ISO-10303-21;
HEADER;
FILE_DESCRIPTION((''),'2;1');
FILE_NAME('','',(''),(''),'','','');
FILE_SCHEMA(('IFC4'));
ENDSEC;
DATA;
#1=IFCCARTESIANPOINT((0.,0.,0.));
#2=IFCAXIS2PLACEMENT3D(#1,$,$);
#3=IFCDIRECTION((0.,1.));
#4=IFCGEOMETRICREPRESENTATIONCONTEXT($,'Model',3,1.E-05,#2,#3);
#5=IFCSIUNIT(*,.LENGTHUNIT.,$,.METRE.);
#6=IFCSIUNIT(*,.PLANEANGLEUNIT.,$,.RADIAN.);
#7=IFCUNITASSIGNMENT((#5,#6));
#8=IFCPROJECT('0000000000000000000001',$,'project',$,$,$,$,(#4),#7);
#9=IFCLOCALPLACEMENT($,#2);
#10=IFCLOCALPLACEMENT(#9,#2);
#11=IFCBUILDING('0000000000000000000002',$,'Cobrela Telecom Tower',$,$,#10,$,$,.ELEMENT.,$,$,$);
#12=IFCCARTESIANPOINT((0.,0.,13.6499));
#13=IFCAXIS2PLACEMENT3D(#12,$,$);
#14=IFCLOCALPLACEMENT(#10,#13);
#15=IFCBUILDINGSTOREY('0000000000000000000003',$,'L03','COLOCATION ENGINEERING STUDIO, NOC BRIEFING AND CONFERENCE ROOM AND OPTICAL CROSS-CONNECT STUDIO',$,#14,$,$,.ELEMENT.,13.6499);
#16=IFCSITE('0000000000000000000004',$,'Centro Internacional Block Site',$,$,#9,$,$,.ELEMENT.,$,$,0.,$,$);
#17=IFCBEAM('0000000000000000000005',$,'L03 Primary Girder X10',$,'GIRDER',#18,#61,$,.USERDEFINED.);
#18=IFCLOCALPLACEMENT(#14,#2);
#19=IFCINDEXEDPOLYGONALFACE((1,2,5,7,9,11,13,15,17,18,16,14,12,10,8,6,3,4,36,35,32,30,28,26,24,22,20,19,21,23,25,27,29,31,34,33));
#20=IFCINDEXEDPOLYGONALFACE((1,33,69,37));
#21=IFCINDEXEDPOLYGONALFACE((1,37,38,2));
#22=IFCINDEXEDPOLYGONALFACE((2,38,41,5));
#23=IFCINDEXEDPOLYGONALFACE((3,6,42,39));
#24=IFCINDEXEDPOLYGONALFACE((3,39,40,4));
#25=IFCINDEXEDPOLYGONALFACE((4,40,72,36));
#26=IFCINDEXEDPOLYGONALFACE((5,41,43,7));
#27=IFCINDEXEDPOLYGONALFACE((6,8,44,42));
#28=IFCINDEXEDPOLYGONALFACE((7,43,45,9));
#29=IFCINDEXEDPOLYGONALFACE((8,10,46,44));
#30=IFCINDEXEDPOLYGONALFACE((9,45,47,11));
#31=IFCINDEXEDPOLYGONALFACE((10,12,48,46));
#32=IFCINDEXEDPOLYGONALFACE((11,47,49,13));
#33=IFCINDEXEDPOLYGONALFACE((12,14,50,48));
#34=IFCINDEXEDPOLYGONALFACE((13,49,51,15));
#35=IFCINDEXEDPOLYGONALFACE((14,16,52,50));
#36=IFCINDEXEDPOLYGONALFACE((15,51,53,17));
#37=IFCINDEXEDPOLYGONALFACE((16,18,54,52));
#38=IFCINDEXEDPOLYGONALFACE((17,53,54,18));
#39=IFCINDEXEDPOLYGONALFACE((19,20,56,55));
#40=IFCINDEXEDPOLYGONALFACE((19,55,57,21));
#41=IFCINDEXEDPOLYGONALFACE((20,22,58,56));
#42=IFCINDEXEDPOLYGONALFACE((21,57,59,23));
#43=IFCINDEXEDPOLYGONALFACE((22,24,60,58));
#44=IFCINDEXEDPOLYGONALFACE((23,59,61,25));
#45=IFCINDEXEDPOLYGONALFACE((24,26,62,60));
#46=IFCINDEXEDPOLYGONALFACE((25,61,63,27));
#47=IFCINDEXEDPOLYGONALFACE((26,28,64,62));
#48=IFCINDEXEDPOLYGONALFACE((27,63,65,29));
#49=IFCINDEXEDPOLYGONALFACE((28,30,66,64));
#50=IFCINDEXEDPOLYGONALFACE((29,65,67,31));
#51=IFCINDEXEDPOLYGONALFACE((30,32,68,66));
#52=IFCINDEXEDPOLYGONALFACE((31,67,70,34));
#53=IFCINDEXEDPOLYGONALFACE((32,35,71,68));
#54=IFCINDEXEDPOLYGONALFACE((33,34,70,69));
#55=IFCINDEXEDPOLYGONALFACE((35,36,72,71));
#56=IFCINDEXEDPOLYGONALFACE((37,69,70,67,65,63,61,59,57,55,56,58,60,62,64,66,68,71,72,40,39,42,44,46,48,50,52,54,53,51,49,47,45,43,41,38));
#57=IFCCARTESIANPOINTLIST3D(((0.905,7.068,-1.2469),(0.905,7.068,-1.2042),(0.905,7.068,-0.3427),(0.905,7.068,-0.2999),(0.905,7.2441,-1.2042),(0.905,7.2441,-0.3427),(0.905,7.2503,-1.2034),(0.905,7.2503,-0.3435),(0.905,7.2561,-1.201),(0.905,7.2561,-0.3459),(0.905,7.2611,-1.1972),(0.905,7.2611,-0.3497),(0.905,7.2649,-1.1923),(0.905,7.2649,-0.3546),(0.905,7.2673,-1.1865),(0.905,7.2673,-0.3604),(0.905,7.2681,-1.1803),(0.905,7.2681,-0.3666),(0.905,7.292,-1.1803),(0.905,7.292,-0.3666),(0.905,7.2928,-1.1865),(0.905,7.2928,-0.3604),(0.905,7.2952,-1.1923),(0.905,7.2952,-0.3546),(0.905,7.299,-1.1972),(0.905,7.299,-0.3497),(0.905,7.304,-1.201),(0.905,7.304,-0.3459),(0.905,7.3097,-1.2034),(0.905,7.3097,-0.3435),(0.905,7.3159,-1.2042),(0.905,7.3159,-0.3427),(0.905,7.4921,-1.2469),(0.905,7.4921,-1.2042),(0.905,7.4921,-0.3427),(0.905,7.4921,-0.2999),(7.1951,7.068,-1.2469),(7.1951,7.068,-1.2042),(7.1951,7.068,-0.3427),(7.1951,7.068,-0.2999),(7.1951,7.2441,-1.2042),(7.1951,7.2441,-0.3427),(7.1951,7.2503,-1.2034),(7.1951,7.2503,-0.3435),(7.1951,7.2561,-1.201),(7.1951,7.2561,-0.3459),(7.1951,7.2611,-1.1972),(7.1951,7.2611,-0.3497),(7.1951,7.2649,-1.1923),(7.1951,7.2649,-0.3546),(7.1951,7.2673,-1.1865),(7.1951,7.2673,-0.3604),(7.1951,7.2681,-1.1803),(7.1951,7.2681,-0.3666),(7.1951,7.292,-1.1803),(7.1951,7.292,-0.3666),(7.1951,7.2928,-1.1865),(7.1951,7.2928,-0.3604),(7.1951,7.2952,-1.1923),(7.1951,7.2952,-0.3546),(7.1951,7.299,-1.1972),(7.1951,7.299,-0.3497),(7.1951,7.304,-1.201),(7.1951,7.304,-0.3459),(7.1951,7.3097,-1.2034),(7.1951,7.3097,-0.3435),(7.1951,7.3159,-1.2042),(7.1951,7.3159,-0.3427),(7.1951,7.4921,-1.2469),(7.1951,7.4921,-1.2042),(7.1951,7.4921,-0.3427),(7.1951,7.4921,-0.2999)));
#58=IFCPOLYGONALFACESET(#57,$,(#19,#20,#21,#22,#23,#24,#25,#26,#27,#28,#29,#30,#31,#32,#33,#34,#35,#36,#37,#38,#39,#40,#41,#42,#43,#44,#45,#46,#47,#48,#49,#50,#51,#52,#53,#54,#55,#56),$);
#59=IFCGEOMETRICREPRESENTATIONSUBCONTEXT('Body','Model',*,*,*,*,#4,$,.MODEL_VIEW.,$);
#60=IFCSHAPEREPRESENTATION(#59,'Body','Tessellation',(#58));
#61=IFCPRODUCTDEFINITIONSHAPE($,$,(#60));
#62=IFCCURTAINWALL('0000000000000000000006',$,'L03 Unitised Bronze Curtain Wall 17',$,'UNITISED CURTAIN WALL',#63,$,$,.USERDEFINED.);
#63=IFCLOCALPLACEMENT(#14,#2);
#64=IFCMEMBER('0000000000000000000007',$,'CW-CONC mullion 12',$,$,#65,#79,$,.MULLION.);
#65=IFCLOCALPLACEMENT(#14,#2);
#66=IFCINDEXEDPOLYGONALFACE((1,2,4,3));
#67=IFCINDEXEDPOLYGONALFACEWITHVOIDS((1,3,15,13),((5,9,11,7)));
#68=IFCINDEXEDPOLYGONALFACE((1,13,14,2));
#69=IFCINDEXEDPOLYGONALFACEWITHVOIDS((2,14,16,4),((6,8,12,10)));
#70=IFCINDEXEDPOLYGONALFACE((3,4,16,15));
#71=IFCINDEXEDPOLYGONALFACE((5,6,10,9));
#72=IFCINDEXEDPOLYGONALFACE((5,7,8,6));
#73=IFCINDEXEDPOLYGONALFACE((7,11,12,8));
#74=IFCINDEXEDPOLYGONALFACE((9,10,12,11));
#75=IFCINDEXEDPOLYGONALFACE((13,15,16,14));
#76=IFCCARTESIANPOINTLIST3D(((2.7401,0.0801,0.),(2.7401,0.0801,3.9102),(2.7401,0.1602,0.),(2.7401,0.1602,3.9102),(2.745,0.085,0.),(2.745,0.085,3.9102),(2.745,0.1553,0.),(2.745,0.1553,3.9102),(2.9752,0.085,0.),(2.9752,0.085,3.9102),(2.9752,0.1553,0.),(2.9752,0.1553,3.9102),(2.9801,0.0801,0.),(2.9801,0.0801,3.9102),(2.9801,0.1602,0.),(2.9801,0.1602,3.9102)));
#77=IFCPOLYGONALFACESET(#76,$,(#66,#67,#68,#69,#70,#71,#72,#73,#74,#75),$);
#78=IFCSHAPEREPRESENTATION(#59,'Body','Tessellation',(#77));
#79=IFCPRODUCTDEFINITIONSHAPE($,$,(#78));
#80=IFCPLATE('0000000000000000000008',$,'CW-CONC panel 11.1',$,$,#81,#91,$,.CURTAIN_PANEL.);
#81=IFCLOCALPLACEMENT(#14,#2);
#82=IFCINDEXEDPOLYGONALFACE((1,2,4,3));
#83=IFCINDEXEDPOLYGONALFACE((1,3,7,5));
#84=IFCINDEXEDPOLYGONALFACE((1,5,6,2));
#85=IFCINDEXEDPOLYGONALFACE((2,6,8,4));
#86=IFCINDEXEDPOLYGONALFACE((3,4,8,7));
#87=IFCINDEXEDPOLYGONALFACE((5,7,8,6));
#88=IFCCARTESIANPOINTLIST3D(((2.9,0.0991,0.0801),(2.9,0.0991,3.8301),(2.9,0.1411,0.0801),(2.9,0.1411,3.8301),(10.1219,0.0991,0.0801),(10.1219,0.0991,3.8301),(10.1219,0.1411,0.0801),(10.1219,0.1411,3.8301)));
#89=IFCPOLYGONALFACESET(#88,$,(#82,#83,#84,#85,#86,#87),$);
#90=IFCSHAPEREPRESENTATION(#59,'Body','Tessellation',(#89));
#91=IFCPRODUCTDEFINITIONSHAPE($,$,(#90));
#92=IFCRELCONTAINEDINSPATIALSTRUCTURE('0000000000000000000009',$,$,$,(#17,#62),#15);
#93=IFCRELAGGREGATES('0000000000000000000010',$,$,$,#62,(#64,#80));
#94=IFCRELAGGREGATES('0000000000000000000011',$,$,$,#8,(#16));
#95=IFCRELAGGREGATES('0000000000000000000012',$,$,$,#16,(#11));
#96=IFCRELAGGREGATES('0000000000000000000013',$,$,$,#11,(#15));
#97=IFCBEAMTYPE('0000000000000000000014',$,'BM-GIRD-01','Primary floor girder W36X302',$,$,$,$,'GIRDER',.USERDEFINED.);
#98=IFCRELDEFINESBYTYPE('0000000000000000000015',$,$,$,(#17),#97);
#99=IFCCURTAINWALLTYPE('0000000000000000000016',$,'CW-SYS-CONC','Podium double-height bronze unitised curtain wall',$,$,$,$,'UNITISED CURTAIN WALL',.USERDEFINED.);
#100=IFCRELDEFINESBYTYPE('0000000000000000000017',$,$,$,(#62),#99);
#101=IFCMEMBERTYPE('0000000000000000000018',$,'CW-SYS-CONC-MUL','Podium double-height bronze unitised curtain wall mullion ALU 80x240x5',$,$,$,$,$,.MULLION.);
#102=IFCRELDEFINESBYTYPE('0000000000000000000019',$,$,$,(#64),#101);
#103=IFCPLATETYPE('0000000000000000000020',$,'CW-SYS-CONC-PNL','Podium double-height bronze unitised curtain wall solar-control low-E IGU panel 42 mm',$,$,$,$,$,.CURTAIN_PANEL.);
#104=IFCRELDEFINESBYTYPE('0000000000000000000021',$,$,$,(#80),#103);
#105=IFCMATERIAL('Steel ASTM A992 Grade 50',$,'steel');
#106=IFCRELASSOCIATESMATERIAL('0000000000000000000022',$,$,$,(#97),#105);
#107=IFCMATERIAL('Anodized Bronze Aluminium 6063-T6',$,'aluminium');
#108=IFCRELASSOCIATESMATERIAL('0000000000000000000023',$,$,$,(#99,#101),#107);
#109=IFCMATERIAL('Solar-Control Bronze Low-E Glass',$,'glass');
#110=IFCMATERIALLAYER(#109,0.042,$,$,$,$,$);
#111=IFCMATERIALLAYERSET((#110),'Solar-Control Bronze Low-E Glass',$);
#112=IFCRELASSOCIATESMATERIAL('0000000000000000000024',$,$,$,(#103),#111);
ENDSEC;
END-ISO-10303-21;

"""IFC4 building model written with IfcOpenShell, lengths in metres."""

from ifc_helpers import new_model, si_unit, direction, frame, origin, origin_2d, place, context, subcontext, project, spatial, rectangle, hollow_rectangle, i_section, extrude, material, layer, layer_set, material_profile, profile_set, type_object, element, aggregate, save


model = new_model("IFC4")

# Units and contexts
model_context = context("Model", 3, precision=1e-05, world=origin(), true_north=direction((0.0, 1.0)))
body_context = subcontext(model_context, "Body", "Model", "MODEL_VIEW")
ifc_project = project(units=[si_unit("LENGTHUNIT", "METRE"), si_unit("PLANEANGLEUNIT", "RADIAN")], contexts=[model_context])

# Site, building, storey
site_placement = place(None, origin())
site = spatial("IfcSite", under=ifc_project, at=site_placement, Name="Centro Internacional Block Site", CompositionType="ELEMENT", RefElevation=0.0)
building_placement = place(site_placement, origin())
building = spatial("IfcBuilding", under=site, at=building_placement, Name="Cobrela Telecom Tower", CompositionType="ELEMENT")
storey_placement = place(building_placement, frame((0.0, 0.0, 13.6499)))
storey = spatial("IfcBuildingStorey", under=building, at=storey_placement, Name="L03", Description="COLOCATION ENGINEERING STUDIO, NOC BRIEFING AND CONFERENCE ROOM AND OPTICAL CROSS-CONNECT STUDIO", CompositionType="ELEMENT", Elevation=13.6499)

# Beam
ifc_material_1 = material(Name="Steel ASTM A992 Grade 50", Category="steel")
ifc_material_profile_1 = material_profile(ifc_material_1, i_section(OverallWidth=0.4241, OverallDepth=0.947, WebThickness=0.0239, FlangeThickness=0.0427, FilletRadius=0.0239, at=origin_2d()), Name="W36X302")
ifc_profile_set_1 = profile_set([ifc_material_profile_1], Name="Steel ASTM A992 Grade 50")
beam_type = type_object("IfcBeamType", Name="BM-GIRD-01", Description="Primary floor girder W36X302", ElementType="GIRDER", PredefinedType="USERDEFINED", material=ifc_profile_set_1)
beam_placement = place(storey_placement, frame((0.905, 7.28, -0.7734), z_axis=(1.0, 0.0, 0.0), x_axis=(0.0, 1.0, 0.0)))
element("IfcBeam", 1, at=beam_placement, inside=storey, type_object=beam_type, Name="L03 Primary Girder X10", ObjectType="GIRDER", PredefinedType="USERDEFINED", context=body_context, shape_type="SweptSolid", body=[
    extrude(i_section(OverallWidth=0.4241, OverallDepth=0.947, WebThickness=0.0239, FlangeThickness=0.0427, FilletRadius=0.0239, at=origin_2d()), origin(), (0.0, 0.0, 1.0), 6.29),
])

# Curtain wall, member, plate
ifc_material_2 = material(Name="Anodized Bronze Aluminium 6063-T6", Category="aluminium")
curtain_wall_type = type_object("IfcCurtainWallType", Name="CW-SYS-CONC", Description="Podium double-height bronze unitised curtain wall", ElementType="UNITISED CURTAIN WALL", PredefinedType="USERDEFINED", material=ifc_material_2)
curtain_wall_placement = place(storey_placement, origin())
curtain_wall = element("IfcCurtainWall", 2, at=curtain_wall_placement, inside=storey, type_object=curtain_wall_type, Name="L03 Unitised Bronze Curtain Wall 17", ObjectType="UNITISED CURTAIN WALL", PredefinedType="USERDEFINED")
ifc_material_profile_2 = material_profile(ifc_material_2, hollow_rectangle(XDim=0.0801, YDim=0.24, WallThickness=0.0049, at=origin_2d()), Name="ALU 80x240x5")
ifc_profile_set_2 = profile_set([ifc_material_profile_2], Name="Anodized Bronze Aluminium 6063-T6")
member_type = type_object("IfcMemberType", Name="CW-SYS-CONC-MUL", Description="Podium double-height bronze unitised curtain wall mullion ALU 80x240x5", PredefinedType="MULLION", material=ifc_profile_set_2)
member_placement = place(storey_placement, frame((2.8601, 0.1201, 0.0), z_axis=(0.0, 0.0, 1.0), x_axis=(0.0, -1.0, 0.0)))
member = element("IfcMember", 3, at=member_placement, type_object=member_type, Name="CW-CONC mullion 12", PredefinedType="MULLION", context=body_context, shape_type="SweptSolid", body=[
    extrude(hollow_rectangle(XDim=0.0801, YDim=0.24, WallThickness=0.0049, at=origin_2d()), origin(), (0.0, 0.0, 1.0), 3.9102),
])
ifc_material_3 = material(Name="Solar-Control Bronze Low-E Glass", Category="glass")
ifc_layer_1 = layer(ifc_material_3, 0.042)
ifc_layer_set_1 = layer_set([ifc_layer_1], Name="Solar-Control Bronze Low-E Glass")
plate_type = type_object("IfcPlateType", Name="CW-SYS-CONC-PNL", Description="Podium double-height bronze unitised curtain wall solar-control low-E IGU panel 42 mm", PredefinedType="CURTAIN_PANEL", material=ifc_layer_set_1)
plate_placement = place(storey_placement, frame((6.511, 0.1201, 0.0801), z_axis=(0.0, 0.0, 1.0), x_axis=(-1.0, 0.0, 0.0)))
plate = element("IfcPlate", 4, at=plate_placement, type_object=plate_type, Name="CW-CONC panel 11.1", PredefinedType="CURTAIN_PANEL", context=body_context, shape_type="SweptSolid", body=[
    extrude(rectangle(XDim=7.2219, YDim=0.042, at=origin_2d()), origin(), (0.0, 0.0, 1.0), 3.75),
])
aggregate(curtain_wall, [member, plate])

save(model, "model.ifc")
